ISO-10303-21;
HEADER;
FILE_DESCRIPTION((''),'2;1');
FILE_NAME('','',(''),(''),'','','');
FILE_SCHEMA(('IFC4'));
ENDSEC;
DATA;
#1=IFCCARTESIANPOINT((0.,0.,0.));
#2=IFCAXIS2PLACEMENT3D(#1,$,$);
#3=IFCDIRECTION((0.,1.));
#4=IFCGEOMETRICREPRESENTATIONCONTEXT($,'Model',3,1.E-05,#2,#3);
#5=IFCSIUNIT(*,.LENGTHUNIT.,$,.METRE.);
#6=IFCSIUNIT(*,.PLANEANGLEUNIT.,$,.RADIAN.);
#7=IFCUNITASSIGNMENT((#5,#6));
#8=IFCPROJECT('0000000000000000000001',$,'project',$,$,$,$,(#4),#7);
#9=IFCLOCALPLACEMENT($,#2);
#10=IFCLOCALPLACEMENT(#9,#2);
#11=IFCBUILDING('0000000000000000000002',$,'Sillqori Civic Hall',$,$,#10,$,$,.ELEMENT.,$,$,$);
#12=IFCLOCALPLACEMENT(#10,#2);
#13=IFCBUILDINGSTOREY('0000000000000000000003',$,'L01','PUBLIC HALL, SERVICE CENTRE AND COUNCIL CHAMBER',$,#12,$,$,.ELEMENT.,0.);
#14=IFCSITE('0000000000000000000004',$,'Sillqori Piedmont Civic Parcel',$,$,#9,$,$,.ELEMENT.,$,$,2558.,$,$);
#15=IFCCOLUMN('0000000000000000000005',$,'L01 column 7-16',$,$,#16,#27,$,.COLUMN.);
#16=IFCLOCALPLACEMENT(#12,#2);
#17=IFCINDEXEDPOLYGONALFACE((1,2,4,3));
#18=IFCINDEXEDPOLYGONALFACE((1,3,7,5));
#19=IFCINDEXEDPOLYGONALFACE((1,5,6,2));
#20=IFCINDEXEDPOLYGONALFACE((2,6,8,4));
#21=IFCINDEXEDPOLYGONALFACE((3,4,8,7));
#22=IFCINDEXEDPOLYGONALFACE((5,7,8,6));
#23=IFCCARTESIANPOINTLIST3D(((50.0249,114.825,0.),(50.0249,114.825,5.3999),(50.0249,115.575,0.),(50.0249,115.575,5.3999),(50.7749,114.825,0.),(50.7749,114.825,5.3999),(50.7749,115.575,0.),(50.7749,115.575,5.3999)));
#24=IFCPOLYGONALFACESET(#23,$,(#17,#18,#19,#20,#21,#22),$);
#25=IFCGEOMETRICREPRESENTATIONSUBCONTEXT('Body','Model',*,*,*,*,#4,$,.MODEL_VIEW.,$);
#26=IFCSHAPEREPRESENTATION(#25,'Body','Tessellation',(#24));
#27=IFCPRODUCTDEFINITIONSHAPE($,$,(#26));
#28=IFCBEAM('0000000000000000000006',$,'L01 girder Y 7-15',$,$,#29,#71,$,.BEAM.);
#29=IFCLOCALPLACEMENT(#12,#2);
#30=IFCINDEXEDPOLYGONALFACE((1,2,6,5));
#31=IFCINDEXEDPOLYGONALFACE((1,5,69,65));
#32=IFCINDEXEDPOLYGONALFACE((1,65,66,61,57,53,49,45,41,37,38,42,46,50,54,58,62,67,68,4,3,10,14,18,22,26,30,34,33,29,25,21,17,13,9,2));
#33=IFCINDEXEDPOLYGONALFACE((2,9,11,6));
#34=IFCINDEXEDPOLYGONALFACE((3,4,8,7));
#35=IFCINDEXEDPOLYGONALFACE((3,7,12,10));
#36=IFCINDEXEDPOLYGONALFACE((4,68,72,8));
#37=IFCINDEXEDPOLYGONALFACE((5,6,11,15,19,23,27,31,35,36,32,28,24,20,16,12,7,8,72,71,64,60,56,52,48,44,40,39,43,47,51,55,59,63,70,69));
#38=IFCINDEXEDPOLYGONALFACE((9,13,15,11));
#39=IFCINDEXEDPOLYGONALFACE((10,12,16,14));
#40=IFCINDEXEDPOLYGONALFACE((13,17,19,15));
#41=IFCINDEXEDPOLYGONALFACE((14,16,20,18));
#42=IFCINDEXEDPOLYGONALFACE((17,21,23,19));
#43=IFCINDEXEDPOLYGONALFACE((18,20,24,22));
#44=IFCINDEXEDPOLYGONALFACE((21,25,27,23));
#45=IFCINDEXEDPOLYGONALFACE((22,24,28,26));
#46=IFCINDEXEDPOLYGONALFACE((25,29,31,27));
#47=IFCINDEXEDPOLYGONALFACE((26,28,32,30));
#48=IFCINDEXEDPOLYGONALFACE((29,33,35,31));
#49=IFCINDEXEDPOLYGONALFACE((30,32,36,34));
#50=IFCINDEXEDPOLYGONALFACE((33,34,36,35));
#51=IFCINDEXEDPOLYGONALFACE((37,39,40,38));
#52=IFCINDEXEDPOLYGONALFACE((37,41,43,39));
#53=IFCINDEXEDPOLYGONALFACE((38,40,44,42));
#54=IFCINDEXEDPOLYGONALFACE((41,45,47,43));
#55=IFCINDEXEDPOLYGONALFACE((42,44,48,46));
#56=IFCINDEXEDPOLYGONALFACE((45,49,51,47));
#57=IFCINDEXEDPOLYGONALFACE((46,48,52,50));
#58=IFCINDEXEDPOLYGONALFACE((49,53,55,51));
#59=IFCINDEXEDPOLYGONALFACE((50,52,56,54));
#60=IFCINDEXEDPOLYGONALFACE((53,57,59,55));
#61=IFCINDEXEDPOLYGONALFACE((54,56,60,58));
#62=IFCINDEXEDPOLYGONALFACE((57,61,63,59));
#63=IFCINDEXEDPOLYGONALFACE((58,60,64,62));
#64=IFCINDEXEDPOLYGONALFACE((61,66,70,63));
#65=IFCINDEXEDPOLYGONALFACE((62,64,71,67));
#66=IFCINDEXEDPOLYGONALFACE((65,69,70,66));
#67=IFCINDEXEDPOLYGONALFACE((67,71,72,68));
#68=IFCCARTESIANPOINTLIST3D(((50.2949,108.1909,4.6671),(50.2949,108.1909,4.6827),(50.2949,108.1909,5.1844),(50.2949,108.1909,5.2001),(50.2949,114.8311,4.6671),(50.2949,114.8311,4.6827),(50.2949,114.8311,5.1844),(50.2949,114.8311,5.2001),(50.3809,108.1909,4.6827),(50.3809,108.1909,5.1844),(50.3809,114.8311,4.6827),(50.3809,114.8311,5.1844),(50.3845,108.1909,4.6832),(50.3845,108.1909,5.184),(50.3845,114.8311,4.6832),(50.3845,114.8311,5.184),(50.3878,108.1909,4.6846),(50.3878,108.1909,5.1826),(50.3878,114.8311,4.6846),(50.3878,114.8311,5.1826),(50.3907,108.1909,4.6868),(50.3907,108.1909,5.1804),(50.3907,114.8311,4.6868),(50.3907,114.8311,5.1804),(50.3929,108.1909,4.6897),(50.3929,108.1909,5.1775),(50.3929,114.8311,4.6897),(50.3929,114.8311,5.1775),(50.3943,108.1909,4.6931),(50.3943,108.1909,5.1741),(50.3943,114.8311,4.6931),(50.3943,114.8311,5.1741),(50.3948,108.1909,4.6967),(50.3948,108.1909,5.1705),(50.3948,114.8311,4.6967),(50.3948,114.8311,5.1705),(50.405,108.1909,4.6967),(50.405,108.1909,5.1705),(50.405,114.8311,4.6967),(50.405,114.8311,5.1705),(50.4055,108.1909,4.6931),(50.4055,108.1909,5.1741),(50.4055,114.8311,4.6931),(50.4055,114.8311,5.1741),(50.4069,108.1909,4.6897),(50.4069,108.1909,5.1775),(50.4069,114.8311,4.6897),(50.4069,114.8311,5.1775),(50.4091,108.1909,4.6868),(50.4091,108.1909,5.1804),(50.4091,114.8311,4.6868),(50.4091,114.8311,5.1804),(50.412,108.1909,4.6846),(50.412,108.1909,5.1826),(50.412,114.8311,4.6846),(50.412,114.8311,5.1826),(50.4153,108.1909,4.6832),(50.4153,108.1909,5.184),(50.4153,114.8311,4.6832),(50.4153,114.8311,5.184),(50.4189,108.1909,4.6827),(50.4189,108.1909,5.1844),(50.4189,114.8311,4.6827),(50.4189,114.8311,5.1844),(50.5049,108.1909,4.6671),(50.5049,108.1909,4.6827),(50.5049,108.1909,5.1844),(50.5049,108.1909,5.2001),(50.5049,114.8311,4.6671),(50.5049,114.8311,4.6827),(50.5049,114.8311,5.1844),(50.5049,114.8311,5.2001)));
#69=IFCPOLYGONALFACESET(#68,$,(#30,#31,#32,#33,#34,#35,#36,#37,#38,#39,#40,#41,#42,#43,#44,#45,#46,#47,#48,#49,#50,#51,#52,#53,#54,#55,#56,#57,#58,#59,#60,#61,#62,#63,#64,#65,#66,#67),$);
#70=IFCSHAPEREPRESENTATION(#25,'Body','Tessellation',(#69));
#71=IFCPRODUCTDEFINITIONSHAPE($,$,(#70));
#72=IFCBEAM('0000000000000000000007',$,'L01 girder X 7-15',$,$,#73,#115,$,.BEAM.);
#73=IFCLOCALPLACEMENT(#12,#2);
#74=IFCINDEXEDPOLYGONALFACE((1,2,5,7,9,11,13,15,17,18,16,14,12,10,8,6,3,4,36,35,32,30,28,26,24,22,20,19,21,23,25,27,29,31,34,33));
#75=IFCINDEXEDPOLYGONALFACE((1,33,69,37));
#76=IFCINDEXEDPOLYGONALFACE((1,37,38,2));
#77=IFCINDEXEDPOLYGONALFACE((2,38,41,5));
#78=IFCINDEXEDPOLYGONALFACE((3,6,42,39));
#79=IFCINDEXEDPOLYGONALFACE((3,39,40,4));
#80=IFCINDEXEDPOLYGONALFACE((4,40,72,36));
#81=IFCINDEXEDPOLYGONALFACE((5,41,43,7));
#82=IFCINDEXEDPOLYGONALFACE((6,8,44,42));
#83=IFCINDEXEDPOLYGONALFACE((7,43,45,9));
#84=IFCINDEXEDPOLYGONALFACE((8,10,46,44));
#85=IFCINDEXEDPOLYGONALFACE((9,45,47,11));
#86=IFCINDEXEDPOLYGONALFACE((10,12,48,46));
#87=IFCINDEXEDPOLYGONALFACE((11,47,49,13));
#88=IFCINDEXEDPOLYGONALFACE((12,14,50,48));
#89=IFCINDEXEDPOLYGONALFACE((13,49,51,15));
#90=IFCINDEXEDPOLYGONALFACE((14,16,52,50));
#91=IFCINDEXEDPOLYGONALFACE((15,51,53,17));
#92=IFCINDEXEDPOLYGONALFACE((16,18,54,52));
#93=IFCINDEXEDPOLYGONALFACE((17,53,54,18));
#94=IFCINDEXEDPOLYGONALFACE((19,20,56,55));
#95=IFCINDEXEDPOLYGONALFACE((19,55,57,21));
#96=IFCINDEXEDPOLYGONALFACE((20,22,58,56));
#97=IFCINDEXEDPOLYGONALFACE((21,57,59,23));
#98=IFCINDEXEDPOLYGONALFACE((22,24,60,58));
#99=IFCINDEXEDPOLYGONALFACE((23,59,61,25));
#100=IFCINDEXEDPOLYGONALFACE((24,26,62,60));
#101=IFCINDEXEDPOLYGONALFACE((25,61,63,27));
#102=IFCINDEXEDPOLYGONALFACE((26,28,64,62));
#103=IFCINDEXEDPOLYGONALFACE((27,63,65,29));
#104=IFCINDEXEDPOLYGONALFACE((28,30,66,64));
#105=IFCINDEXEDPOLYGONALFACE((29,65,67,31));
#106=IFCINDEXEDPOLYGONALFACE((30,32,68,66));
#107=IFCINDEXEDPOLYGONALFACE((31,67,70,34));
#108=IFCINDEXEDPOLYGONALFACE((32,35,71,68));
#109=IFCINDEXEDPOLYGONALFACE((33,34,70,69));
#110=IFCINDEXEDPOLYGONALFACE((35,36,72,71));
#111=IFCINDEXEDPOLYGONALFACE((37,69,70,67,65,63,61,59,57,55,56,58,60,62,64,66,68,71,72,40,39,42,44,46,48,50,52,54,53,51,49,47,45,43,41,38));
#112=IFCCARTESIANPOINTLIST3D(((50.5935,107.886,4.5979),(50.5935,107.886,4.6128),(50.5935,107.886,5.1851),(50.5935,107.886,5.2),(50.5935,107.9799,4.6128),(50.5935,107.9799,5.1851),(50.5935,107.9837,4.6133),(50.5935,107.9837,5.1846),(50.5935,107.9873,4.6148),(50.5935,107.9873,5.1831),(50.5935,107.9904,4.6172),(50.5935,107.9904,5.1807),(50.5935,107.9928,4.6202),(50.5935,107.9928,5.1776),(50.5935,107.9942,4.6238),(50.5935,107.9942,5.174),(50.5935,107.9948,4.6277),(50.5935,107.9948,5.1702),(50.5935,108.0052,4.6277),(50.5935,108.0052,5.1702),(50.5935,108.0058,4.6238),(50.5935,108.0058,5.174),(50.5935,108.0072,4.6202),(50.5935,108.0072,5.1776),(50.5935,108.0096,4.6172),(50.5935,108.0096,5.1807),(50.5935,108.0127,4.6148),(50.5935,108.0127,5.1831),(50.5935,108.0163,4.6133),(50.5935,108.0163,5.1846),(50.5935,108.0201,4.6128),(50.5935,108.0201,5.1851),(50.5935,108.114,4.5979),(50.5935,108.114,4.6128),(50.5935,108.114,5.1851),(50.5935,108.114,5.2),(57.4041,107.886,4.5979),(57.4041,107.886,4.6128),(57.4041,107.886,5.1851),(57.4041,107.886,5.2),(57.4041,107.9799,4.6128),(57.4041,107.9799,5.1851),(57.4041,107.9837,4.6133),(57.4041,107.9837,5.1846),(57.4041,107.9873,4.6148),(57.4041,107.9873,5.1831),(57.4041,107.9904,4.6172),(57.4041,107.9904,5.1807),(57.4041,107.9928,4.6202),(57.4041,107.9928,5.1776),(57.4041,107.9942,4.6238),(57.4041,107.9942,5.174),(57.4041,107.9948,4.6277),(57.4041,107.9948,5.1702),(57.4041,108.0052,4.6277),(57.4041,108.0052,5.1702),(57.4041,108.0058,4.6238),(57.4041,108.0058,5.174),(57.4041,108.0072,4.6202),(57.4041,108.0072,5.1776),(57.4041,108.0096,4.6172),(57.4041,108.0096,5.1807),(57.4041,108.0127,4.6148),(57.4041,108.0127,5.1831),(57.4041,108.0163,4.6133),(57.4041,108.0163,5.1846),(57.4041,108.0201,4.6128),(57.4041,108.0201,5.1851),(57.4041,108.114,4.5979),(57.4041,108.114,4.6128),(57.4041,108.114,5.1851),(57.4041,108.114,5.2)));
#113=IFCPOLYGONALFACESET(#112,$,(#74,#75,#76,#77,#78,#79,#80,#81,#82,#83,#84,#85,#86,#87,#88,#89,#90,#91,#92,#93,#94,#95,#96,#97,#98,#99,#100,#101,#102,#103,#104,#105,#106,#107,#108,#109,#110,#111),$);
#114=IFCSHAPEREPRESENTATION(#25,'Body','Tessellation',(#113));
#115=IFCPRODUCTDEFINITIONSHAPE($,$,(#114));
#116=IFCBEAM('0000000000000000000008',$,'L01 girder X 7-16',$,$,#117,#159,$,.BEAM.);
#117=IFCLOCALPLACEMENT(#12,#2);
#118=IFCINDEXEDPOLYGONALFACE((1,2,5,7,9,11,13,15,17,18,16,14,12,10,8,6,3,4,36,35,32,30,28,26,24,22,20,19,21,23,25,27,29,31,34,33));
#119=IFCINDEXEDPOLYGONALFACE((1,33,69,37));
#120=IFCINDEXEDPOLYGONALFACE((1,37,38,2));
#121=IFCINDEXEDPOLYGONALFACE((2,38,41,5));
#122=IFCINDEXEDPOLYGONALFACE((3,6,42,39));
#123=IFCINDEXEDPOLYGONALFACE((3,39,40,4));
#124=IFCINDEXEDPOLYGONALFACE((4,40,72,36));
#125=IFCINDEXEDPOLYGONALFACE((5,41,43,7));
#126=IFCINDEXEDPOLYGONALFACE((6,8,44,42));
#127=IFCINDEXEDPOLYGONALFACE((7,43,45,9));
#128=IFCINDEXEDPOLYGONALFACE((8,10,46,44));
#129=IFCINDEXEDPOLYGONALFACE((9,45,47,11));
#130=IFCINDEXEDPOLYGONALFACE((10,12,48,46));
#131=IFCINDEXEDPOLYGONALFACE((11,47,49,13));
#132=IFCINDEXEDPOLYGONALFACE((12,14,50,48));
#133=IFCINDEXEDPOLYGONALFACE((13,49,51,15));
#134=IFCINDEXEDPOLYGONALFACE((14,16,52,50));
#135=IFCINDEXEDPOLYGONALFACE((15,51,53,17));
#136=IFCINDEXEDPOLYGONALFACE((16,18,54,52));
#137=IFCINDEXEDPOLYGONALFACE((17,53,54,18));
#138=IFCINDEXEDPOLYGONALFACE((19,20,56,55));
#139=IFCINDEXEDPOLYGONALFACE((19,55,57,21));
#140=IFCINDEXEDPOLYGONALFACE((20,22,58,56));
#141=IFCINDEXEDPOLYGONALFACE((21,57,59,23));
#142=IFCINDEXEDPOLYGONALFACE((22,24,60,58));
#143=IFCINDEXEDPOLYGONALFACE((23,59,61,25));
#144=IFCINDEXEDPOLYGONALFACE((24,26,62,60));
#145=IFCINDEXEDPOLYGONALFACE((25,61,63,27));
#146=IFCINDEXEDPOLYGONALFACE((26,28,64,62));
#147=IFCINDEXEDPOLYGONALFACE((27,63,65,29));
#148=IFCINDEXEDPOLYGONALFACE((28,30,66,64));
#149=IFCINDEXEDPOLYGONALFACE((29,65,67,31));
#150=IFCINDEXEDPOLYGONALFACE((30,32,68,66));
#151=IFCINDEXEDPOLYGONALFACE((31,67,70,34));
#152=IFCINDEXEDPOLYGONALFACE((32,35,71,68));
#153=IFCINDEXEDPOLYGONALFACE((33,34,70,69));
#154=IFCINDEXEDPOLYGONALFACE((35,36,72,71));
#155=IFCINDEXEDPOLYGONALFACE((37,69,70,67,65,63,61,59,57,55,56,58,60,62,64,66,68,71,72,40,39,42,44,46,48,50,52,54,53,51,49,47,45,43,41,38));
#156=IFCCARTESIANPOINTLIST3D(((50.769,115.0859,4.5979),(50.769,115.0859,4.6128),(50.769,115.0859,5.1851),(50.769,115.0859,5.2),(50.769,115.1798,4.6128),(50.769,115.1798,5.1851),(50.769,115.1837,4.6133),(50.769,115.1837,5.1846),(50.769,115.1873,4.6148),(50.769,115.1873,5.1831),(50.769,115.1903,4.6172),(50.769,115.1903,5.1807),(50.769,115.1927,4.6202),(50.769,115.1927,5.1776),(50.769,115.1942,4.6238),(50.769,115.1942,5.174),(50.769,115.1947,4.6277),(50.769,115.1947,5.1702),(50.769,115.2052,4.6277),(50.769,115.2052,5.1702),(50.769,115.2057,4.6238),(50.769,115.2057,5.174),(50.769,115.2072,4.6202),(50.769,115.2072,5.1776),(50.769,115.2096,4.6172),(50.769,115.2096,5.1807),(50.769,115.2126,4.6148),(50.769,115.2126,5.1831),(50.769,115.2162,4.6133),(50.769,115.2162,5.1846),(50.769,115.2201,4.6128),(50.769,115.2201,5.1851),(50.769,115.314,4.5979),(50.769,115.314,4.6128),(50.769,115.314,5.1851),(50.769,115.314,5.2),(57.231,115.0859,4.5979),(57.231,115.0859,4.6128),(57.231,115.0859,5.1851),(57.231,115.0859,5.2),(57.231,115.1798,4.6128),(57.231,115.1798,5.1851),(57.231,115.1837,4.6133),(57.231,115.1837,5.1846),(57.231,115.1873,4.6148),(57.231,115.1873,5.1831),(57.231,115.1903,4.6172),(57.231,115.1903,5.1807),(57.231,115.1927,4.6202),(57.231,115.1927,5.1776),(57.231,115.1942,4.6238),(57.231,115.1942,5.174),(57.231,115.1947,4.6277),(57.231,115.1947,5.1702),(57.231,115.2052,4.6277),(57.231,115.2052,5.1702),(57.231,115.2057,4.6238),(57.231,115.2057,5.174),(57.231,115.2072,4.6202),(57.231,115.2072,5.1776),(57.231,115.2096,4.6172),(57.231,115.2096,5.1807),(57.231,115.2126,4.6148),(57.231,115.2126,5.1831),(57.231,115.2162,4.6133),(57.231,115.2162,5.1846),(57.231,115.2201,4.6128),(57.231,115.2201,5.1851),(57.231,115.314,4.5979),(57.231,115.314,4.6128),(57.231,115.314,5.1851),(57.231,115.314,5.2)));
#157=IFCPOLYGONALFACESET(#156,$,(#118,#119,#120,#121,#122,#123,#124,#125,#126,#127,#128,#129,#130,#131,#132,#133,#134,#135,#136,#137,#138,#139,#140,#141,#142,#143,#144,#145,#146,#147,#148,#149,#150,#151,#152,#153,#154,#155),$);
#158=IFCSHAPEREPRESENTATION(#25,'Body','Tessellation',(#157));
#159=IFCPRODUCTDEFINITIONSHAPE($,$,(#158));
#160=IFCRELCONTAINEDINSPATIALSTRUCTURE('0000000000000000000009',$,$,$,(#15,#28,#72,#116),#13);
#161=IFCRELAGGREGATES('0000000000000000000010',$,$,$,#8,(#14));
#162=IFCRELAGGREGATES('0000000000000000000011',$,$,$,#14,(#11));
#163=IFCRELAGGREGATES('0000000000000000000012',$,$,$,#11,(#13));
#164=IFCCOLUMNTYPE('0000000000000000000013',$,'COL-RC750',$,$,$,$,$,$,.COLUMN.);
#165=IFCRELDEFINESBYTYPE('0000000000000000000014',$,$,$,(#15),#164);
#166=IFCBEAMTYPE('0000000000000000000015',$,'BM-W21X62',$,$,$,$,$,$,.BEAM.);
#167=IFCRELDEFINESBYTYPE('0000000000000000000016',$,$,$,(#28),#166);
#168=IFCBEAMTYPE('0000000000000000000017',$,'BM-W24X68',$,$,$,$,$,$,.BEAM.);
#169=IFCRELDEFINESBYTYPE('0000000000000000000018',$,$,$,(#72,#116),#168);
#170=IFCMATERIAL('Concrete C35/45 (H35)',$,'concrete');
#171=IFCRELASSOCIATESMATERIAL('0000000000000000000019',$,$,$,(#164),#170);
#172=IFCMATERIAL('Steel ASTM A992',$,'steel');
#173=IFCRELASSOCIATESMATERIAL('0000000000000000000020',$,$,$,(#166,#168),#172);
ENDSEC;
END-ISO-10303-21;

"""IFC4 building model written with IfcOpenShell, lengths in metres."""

from ifc_helpers import new_model, si_unit, direction, frame, origin, origin_2d, place, context, subcontext, project, spatial, rectangle, i_section, extrude, material, material_profile, profile_set, type_object, element, save


model = new_model("IFC4")

# Units and contexts
model_context = context("Model", 3, precision=1e-05, world=origin(), true_north=direction((0.0, 1.0)))
body_context = subcontext(model_context, "Body", "Model", "MODEL_VIEW")
ifc_project = project(units=[si_unit("LENGTHUNIT", "METRE"), si_unit("PLANEANGLEUNIT", "RADIAN")], contexts=[model_context])

# Site, building, storey
site_placement = place(None, origin())
site = spatial("IfcSite", under=ifc_project, at=site_placement, Name="Sillqori Piedmont Civic Parcel", CompositionType="ELEMENT", RefElevation=2558.0)
building_placement = place(site_placement, origin())
building = spatial("IfcBuilding", under=site, at=building_placement, Name="Sillqori Civic Hall", CompositionType="ELEMENT")
storey_placement = place(building_placement, origin())
storey = spatial("IfcBuildingStorey", under=building, at=storey_placement, Name="L01", Description="PUBLIC HALL, SERVICE CENTRE AND COUNCIL CHAMBER", CompositionType="ELEMENT", Elevation=0.0)

# Column
ifc_material_1 = material(Name="Concrete C35/45 (H35)", Category="concrete")
ifc_material_profile_1 = material_profile(ifc_material_1, rectangle(XDim=0.75, YDim=0.75, at=origin_2d()), Name="RC 750x750")
ifc_profile_set_1 = profile_set([ifc_material_profile_1], Name="Concrete C35/45 (H35)")
column_type = type_object("IfcColumnType", Name="COL-RC750", PredefinedType="COLUMN", material=ifc_profile_set_1)
column_placement = place(storey_placement, frame((50.3999, 115.2, 0.0), z_axis=(0.0, 0.0, 1.0), x_axis=(1.0, 0.0, 0.0)))
element("IfcColumn", 1, at=column_placement, inside=storey, type_object=column_type, Name="L01 column 7-16", PredefinedType="COLUMN", context=body_context, shape_type="SweptSolid", body=[
    extrude(rectangle(XDim=0.75, YDim=0.75, at=origin_2d()), origin(), (0.0, 0.0, 1.0), 5.3999),
])

# Beams
ifc_material_2 = material(Name="Steel ASTM A992", Category="steel")
ifc_material_profile_2 = material_profile(ifc_material_2, i_section(OverallWidth=0.21, OverallDepth=0.533, WebThickness=0.0103, FlangeThickness=0.0156, FilletRadius=0.0139, at=origin_2d()), Name="W21X62")
ifc_profile_set_2 = profile_set([ifc_material_profile_2], Name="Steel ASTM A992")
beam_type_1 = type_object("IfcBeamType", Name="BM-W21X62", PredefinedType="BEAM", material=ifc_profile_set_2)
beam_1_placement = place(storey_placement, frame((50.3999, 108.1909, 4.9336), z_axis=(0.0, 1.0, 0.0), x_axis=(-1.0, 0.0, 0.0)))
element("IfcBeam", 2, at=beam_1_placement, inside=storey, type_object=beam_type_1, Name="L01 girder Y 7-15", PredefinedType="BEAM", context=body_context, shape_type="SweptSolid", body=[
    extrude(i_section(OverallWidth=0.21, OverallDepth=0.533, WebThickness=0.0103, FlangeThickness=0.0156, FilletRadius=0.0139, at=origin_2d()), origin(), (0.0, 0.0, 1.0), 6.6401),
])
ifc_material_profile_3 = material_profile(ifc_material_2, i_section(OverallWidth=0.228, OverallDepth=0.6021, WebThickness=0.0105, FlangeThickness=0.0149, FilletRadius=0.0149, at=origin_2d()), Name="W24X68")
ifc_profile_set_3 = profile_set([ifc_material_profile_3], Name="Steel ASTM A992")
beam_type_2 = type_object("IfcBeamType", Name="BM-W24X68", PredefinedType="BEAM", material=ifc_profile_set_3)
beam_2_placement = place(storey_placement, frame((50.5935, 108.0, 4.8989), z_axis=(1.0, 0.0, 0.0), x_axis=(0.0, 1.0, 0.0)))
element("IfcBeam", 3, at=beam_2_placement, inside=storey, type_object=beam_type_2, Name="L01 girder X 7-15", PredefinedType="BEAM", context=body_context, shape_type="SweptSolid", body=[
    extrude(i_section(OverallWidth=0.228, OverallDepth=0.6021, WebThickness=0.0105, FlangeThickness=0.0149, FilletRadius=0.0149, at=origin_2d()), origin(), (0.0, 0.0, 1.0), 6.8105),
])
beam_3_placement = place(storey_placement, frame((50.769, 115.2, 4.8989), z_axis=(1.0, 0.0, 0.0), x_axis=(0.0, 1.0, 0.0)))
element("IfcBeam", 4, at=beam_3_placement, inside=storey, type_object=beam_type_2, Name="L01 girder X 7-16", PredefinedType="BEAM", context=body_context, shape_type="SweptSolid", body=[
    extrude(i_section(OverallWidth=0.228, OverallDepth=0.6021, WebThickness=0.0105, FlangeThickness=0.0149, FilletRadius=0.0149, at=origin_2d()), origin(), (0.0, 0.0, 1.0), 6.4619),
])

save(model, "model.ifc")
